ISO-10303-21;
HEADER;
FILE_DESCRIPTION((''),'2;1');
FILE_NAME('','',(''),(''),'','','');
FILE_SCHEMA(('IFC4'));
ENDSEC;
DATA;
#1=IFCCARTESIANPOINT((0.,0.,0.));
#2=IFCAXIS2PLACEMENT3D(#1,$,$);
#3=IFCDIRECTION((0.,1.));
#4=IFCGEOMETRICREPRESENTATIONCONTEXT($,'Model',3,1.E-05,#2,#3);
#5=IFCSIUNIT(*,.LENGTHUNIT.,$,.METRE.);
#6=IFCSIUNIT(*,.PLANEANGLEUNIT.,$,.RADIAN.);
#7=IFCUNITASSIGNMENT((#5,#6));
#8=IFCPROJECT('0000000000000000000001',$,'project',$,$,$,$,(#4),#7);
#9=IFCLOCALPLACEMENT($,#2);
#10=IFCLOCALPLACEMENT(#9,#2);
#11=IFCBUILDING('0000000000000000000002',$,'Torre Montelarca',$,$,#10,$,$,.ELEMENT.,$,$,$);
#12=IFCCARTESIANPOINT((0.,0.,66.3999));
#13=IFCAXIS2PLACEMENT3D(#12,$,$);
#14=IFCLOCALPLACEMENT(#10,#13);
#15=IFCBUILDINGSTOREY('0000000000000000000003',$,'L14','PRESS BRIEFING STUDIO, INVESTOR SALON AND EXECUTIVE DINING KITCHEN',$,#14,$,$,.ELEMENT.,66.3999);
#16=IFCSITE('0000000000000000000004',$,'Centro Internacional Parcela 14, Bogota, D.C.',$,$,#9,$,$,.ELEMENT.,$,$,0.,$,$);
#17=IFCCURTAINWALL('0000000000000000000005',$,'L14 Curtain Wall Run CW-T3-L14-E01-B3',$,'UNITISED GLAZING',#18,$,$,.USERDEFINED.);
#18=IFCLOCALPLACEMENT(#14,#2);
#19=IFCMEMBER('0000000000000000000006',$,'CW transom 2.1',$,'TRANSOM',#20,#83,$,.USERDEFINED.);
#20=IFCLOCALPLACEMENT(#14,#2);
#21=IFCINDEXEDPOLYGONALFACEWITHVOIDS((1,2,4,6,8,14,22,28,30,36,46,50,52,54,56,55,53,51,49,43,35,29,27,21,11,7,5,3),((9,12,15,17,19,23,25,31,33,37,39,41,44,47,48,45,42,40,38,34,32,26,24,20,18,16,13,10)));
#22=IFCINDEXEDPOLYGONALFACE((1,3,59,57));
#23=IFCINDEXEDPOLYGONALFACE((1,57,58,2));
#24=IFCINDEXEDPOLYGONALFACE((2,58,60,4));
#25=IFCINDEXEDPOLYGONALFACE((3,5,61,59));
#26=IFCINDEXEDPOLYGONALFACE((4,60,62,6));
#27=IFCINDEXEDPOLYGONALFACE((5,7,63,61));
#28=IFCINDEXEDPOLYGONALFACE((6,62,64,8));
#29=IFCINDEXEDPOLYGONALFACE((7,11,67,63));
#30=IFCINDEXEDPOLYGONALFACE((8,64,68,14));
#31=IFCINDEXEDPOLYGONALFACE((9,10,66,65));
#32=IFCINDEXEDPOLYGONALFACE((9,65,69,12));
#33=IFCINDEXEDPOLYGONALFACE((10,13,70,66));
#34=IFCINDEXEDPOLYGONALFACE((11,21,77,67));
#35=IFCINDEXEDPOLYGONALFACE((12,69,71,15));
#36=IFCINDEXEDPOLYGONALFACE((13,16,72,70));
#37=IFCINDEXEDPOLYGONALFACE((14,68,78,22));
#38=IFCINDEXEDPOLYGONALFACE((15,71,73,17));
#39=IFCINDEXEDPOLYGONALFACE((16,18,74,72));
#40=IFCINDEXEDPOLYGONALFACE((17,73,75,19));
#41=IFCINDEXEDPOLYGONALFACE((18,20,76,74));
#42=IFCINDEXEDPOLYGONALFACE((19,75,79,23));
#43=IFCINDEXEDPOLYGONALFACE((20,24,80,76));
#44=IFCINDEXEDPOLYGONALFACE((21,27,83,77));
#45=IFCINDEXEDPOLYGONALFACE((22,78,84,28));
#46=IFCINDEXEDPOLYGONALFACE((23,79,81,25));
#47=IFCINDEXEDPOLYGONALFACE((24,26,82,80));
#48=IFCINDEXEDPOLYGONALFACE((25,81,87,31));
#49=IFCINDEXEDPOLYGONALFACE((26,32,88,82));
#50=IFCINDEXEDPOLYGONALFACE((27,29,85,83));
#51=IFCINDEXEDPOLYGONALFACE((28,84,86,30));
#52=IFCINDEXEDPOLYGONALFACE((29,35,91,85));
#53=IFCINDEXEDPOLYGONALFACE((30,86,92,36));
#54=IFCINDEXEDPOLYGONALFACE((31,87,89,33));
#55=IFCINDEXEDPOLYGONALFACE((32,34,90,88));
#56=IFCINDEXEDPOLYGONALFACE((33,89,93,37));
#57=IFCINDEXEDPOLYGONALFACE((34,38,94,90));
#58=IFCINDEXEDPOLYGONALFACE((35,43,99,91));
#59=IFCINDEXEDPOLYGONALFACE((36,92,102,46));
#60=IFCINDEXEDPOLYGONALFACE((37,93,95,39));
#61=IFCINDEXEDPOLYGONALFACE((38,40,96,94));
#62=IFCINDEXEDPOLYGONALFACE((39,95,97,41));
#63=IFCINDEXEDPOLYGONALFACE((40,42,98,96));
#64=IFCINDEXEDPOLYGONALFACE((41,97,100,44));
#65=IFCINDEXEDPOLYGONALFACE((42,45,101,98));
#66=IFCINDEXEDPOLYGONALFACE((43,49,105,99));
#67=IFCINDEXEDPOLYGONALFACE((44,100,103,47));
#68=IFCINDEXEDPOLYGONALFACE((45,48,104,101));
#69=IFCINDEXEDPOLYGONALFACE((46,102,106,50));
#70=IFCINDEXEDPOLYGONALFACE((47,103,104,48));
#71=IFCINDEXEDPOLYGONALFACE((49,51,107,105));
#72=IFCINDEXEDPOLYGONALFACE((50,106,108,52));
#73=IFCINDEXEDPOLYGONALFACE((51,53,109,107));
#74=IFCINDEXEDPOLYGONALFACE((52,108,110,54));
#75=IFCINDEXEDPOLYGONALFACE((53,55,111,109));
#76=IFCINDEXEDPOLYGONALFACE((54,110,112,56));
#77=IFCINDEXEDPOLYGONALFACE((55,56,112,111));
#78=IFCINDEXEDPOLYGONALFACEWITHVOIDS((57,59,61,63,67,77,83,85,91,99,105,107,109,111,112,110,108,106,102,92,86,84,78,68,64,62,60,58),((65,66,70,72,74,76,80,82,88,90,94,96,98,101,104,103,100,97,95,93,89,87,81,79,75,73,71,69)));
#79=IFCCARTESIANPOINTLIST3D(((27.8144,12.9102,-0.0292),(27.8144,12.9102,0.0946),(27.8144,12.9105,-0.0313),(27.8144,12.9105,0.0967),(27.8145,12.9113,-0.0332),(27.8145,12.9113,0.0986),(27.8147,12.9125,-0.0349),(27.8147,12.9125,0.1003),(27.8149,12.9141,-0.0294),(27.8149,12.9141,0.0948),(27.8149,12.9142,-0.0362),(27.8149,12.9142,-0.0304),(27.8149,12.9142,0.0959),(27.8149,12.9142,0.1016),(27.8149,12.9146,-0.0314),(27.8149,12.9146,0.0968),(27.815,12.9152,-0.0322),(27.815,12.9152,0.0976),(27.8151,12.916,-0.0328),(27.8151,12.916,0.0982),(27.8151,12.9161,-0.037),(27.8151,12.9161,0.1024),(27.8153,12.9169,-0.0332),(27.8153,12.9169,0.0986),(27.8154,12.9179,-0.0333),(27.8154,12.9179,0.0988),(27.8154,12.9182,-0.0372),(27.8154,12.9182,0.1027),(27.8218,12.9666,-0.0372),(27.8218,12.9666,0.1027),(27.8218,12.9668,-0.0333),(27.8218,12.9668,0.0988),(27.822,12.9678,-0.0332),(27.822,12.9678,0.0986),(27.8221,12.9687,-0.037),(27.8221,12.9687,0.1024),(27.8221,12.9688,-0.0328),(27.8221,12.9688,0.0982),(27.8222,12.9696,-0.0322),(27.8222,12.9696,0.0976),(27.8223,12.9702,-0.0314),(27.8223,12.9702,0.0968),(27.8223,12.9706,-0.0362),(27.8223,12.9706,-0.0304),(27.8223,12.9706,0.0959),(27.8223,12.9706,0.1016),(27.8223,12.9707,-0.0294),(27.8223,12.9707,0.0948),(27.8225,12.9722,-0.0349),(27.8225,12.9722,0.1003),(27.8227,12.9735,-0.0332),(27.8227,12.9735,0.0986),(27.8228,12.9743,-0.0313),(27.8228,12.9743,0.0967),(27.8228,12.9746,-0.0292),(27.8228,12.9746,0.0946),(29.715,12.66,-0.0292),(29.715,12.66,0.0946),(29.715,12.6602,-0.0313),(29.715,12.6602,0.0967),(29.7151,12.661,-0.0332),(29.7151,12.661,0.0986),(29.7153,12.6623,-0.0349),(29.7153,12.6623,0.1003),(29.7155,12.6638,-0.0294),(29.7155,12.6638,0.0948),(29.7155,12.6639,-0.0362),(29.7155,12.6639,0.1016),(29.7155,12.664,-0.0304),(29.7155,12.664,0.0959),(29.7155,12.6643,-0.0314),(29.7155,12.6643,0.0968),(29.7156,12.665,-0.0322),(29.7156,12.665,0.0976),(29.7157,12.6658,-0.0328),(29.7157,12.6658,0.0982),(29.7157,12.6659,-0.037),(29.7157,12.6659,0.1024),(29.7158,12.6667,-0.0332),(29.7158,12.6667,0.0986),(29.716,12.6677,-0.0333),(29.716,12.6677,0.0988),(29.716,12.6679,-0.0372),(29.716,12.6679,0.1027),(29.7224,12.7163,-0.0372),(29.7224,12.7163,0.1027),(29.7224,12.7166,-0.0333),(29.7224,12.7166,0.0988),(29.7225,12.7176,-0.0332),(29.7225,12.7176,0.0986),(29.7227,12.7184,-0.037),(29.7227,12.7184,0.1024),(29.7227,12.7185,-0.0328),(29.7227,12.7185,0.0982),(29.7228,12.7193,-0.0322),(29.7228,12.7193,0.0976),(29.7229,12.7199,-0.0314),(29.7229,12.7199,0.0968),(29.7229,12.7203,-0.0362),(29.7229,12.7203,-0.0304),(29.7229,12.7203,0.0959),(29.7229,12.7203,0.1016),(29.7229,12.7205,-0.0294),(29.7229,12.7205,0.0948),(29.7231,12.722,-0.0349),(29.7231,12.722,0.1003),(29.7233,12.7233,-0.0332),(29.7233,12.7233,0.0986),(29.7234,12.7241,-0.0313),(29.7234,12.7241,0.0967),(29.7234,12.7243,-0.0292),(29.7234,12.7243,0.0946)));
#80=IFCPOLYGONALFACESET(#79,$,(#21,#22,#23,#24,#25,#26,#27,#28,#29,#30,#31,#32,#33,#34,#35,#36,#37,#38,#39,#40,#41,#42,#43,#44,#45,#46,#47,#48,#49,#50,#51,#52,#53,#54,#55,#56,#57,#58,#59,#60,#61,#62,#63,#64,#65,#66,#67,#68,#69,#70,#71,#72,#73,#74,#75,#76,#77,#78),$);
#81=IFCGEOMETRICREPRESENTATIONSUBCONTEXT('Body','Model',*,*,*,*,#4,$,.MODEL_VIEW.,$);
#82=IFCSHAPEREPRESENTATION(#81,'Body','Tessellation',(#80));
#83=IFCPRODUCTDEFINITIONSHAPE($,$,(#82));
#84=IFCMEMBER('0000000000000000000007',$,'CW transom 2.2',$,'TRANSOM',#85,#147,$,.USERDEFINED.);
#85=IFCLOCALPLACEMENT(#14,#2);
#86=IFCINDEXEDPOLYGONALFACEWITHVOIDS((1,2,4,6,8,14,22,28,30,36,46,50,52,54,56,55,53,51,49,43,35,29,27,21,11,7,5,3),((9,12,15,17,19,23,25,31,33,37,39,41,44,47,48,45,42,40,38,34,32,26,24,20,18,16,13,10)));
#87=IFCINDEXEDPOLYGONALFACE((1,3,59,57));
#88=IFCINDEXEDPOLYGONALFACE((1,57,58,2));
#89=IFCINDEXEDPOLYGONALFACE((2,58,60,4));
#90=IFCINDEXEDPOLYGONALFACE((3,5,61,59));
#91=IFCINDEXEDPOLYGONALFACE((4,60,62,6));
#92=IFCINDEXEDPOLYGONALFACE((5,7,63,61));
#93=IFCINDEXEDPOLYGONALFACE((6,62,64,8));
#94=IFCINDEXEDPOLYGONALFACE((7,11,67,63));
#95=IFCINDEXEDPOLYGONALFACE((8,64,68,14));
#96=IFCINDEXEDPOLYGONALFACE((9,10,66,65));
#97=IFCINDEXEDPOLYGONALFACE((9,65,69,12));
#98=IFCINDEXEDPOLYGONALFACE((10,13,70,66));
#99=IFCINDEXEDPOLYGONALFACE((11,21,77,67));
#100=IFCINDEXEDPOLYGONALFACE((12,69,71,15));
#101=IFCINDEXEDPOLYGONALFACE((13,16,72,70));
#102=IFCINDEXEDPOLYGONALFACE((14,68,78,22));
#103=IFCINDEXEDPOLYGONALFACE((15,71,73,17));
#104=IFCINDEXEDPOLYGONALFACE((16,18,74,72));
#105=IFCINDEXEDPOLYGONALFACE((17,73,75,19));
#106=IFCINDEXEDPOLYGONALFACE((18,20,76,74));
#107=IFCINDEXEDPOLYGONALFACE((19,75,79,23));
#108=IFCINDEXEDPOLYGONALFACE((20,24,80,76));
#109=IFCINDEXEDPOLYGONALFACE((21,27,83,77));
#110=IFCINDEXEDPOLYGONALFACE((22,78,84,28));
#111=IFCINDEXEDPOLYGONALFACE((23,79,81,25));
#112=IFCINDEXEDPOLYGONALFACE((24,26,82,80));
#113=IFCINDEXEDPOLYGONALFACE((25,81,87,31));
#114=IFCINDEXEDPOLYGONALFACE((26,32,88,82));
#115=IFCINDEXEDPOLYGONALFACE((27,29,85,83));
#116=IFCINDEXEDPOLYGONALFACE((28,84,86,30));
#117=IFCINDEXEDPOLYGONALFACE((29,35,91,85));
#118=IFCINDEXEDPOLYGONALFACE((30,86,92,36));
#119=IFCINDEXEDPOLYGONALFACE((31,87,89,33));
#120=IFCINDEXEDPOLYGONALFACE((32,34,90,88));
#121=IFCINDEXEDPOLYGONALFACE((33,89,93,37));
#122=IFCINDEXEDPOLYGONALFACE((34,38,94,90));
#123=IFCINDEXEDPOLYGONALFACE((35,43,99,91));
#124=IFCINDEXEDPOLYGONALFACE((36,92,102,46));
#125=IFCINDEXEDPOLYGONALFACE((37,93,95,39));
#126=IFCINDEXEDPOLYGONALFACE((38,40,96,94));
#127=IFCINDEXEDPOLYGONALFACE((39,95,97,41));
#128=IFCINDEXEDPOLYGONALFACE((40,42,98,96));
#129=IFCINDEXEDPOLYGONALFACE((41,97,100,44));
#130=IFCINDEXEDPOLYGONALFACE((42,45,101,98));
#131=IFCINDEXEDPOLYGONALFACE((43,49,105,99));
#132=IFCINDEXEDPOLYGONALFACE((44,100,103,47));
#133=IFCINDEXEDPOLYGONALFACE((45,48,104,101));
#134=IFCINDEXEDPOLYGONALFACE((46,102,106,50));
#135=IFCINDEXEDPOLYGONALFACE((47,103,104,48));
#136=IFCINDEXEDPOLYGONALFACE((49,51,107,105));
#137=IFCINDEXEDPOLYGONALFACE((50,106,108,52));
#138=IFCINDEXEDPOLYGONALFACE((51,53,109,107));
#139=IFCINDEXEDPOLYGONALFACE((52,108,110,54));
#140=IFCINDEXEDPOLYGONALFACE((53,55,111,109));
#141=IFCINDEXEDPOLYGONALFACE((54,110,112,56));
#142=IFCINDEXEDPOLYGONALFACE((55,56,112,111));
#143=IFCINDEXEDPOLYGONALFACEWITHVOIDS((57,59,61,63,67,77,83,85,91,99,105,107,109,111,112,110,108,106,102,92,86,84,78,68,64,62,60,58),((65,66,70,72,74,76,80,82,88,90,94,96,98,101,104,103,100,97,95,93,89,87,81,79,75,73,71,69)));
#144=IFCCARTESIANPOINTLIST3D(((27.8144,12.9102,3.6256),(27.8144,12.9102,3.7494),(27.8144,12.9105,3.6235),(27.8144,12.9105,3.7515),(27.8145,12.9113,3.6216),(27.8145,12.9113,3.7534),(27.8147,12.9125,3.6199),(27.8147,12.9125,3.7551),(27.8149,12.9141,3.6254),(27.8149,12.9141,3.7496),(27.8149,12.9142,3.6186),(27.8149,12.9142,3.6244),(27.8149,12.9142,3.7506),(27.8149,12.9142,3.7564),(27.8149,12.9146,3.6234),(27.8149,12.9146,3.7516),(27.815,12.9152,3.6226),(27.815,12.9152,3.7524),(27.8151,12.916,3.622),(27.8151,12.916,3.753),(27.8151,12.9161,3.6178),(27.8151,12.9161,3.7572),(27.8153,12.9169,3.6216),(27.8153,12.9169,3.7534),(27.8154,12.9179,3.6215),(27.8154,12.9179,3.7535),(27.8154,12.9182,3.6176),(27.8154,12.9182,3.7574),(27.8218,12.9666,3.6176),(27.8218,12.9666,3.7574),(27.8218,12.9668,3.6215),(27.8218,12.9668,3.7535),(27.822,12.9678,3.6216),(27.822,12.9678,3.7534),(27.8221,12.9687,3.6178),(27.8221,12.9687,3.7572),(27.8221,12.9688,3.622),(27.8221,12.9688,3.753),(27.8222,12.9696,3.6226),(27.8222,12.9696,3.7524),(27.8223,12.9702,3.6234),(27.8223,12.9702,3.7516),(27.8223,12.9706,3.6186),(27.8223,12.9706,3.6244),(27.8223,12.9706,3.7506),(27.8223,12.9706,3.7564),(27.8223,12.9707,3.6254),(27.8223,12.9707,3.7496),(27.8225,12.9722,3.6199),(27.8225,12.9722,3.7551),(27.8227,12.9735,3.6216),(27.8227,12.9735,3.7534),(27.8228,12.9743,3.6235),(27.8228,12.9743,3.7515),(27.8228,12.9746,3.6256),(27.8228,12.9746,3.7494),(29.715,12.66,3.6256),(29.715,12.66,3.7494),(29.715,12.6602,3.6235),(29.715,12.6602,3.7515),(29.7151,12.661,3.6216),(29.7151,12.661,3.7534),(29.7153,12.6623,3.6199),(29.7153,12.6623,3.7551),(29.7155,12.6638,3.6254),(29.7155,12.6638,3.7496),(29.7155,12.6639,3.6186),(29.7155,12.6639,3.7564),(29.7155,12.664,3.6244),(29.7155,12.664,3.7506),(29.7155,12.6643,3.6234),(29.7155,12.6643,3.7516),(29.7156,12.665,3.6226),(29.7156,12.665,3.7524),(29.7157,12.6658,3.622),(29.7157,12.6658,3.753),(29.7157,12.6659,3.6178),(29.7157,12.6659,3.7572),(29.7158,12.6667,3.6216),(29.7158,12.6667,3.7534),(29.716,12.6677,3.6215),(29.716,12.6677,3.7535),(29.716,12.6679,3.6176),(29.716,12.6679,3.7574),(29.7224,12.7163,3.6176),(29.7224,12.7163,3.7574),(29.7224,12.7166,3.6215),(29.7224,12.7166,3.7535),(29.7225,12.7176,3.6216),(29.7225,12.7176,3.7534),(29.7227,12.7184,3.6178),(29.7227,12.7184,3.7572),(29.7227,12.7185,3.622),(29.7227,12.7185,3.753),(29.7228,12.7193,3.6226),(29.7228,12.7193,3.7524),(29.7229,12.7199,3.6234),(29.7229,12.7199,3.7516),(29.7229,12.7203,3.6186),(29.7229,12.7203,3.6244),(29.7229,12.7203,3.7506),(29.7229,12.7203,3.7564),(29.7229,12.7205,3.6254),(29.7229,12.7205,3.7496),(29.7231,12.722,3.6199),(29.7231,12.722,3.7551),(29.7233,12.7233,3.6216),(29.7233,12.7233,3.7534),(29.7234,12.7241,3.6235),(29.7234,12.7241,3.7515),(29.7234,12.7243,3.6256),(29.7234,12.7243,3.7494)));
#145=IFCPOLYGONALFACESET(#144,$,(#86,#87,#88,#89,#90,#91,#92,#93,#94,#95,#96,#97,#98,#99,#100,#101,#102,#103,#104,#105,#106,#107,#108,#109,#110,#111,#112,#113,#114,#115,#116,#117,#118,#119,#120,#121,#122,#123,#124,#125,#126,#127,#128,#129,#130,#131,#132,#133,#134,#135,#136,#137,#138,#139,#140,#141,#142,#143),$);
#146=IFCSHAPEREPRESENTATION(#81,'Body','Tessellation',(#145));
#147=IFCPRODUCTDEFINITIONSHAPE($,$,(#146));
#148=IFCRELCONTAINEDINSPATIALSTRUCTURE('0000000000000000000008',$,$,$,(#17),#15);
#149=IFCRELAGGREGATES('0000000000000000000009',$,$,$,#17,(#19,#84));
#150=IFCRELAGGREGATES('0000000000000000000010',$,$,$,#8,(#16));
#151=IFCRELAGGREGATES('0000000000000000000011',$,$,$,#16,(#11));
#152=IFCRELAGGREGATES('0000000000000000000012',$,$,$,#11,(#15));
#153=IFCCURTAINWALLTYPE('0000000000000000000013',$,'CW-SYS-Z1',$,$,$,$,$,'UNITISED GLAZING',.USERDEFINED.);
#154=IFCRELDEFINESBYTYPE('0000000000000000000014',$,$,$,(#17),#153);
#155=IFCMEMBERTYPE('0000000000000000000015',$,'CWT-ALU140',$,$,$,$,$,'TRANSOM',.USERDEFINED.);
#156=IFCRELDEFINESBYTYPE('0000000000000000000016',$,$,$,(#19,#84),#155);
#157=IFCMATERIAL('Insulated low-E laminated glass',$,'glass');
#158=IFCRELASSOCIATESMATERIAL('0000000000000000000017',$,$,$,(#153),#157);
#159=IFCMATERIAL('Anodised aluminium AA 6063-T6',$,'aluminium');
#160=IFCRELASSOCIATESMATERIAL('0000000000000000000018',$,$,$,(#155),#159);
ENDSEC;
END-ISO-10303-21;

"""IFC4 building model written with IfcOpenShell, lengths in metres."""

from ifc_helpers import new_model, si_unit, direction, frame, origin, origin_2d, place, context, subcontext, project, spatial, hollow_rectangle, extrude, source, transform, mapped, material, material_profile, profile_set, type_object, element, aggregate, save


model = new_model("IFC4")

# Units and contexts
model_context = context("Model", 3, precision=1e-05, world=origin(), true_north=direction((0.0, 1.0)))
body_context = subcontext(model_context, "Body", "Model", "MODEL_VIEW")
ifc_project = project(units=[si_unit("LENGTHUNIT", "METRE"), si_unit("PLANEANGLEUNIT", "RADIAN")], contexts=[model_context])

# Site, building, storey
site_placement = place(None, origin())
site = spatial("IfcSite", under=ifc_project, at=site_placement, Name="Centro Internacional Parcela 14, Bogota, D.C.", CompositionType="ELEMENT", RefElevation=0.0)
building_placement = place(site_placement, origin())
building = spatial("IfcBuilding", under=site, at=building_placement, Name="Torre Montelarca", CompositionType="ELEMENT")
storey_placement = place(building_placement, frame((0.0, 0.0, 66.3999)))
storey = spatial("IfcBuildingStorey", under=building, at=storey_placement, Name="L14", Description="PRESS BRIEFING STUDIO, INVESTOR SALON AND EXECUTIVE DINING KITCHEN", CompositionType="ELEMENT", Elevation=66.3999)

# Curtain wall, members
ifc_material_1 = material(Name="Insulated low-E laminated glass", Category="glass")
curtain_wall_type = type_object("IfcCurtainWallType", Name="CW-SYS-Z1", ElementType="UNITISED GLAZING", PredefinedType="USERDEFINED", material=ifc_material_1)
curtain_wall_1_placement = place(storey_placement, origin())
curtain_wall_1 = element("IfcCurtainWall", 1, at=curtain_wall_1_placement, inside=storey, type_object=curtain_wall_type, Name="L14 Curtain Wall Run CW-T3-L14-E01-B3", ObjectType="UNITISED GLAZING", PredefinedType="USERDEFINED")
ifc_material_2 = material(Name="Anodised aluminium AA 6063-T6", Category="aluminium")
ifc_material_profile_1 = material_profile(ifc_material_2, hollow_rectangle(XDim=0.0649, YDim=0.1399, WallThickness=0.0039, InnerFilletRadius=0.0039, OuterFilletRadius=0.0081, at=origin_2d()), Name="ALU65X140X4", Category="aluminium")
ifc_profile_set_1 = profile_set([ifc_material_profile_1], Name="Anodised aluminium AA 6063-T6")
member_type_1 = type_object("IfcMemberType", Name="CWT-ALU140", ElementType="TRANSOM", PredefinedType="USERDEFINED", material=ifc_profile_set_1)
shared_shape_1 = source(origin(), body_context, "Body", "SweptSolid", [
    extrude(hollow_rectangle(XDim=0.0649, YDim=0.1399, WallThickness=0.0039, InnerFilletRadius=0.0039, OuterFilletRadius=0.0081, at=origin_2d()), origin(), (0.0, 0.0, 1.0), 1.917),
])
member_1_placement = place(storey_placement, frame((27.8186, 12.9424, 0.0327), z_axis=(0.991443, -0.130537, 0.0), x_axis=(0.130537, 0.991443, 0.0)))
member_1 = element("IfcMember", 2, at=member_1_placement, type_object=member_type_1, Name="CW transom 2.1", ObjectType="TRANSOM", PredefinedType="USERDEFINED", context=body_context, shape_type="MappedRepresentation", body=[
    mapped(shared_shape_1, transform((0.0, 0.0, 0.0), scale=1.0)),
])
member_2_placement = place(storey_placement, frame((27.8186, 12.9424, 3.6875), z_axis=(0.991443, -0.130537, 0.0), x_axis=(0.130537, 0.991443, 0.0)))
member_2 = element("IfcMember", 3, at=member_2_placement, type_object=member_type_1, Name="CW transom 2.2", ObjectType="TRANSOM", PredefinedType="USERDEFINED", context=body_context, shape_type="MappedRepresentation", body=[
    mapped(shared_shape_1, transform((0.0, 0.0, 0.0), scale=1.0)),
])

aggregate(curtain_wall_1, [member_1, member_2])

save(model, "model.ifc")
